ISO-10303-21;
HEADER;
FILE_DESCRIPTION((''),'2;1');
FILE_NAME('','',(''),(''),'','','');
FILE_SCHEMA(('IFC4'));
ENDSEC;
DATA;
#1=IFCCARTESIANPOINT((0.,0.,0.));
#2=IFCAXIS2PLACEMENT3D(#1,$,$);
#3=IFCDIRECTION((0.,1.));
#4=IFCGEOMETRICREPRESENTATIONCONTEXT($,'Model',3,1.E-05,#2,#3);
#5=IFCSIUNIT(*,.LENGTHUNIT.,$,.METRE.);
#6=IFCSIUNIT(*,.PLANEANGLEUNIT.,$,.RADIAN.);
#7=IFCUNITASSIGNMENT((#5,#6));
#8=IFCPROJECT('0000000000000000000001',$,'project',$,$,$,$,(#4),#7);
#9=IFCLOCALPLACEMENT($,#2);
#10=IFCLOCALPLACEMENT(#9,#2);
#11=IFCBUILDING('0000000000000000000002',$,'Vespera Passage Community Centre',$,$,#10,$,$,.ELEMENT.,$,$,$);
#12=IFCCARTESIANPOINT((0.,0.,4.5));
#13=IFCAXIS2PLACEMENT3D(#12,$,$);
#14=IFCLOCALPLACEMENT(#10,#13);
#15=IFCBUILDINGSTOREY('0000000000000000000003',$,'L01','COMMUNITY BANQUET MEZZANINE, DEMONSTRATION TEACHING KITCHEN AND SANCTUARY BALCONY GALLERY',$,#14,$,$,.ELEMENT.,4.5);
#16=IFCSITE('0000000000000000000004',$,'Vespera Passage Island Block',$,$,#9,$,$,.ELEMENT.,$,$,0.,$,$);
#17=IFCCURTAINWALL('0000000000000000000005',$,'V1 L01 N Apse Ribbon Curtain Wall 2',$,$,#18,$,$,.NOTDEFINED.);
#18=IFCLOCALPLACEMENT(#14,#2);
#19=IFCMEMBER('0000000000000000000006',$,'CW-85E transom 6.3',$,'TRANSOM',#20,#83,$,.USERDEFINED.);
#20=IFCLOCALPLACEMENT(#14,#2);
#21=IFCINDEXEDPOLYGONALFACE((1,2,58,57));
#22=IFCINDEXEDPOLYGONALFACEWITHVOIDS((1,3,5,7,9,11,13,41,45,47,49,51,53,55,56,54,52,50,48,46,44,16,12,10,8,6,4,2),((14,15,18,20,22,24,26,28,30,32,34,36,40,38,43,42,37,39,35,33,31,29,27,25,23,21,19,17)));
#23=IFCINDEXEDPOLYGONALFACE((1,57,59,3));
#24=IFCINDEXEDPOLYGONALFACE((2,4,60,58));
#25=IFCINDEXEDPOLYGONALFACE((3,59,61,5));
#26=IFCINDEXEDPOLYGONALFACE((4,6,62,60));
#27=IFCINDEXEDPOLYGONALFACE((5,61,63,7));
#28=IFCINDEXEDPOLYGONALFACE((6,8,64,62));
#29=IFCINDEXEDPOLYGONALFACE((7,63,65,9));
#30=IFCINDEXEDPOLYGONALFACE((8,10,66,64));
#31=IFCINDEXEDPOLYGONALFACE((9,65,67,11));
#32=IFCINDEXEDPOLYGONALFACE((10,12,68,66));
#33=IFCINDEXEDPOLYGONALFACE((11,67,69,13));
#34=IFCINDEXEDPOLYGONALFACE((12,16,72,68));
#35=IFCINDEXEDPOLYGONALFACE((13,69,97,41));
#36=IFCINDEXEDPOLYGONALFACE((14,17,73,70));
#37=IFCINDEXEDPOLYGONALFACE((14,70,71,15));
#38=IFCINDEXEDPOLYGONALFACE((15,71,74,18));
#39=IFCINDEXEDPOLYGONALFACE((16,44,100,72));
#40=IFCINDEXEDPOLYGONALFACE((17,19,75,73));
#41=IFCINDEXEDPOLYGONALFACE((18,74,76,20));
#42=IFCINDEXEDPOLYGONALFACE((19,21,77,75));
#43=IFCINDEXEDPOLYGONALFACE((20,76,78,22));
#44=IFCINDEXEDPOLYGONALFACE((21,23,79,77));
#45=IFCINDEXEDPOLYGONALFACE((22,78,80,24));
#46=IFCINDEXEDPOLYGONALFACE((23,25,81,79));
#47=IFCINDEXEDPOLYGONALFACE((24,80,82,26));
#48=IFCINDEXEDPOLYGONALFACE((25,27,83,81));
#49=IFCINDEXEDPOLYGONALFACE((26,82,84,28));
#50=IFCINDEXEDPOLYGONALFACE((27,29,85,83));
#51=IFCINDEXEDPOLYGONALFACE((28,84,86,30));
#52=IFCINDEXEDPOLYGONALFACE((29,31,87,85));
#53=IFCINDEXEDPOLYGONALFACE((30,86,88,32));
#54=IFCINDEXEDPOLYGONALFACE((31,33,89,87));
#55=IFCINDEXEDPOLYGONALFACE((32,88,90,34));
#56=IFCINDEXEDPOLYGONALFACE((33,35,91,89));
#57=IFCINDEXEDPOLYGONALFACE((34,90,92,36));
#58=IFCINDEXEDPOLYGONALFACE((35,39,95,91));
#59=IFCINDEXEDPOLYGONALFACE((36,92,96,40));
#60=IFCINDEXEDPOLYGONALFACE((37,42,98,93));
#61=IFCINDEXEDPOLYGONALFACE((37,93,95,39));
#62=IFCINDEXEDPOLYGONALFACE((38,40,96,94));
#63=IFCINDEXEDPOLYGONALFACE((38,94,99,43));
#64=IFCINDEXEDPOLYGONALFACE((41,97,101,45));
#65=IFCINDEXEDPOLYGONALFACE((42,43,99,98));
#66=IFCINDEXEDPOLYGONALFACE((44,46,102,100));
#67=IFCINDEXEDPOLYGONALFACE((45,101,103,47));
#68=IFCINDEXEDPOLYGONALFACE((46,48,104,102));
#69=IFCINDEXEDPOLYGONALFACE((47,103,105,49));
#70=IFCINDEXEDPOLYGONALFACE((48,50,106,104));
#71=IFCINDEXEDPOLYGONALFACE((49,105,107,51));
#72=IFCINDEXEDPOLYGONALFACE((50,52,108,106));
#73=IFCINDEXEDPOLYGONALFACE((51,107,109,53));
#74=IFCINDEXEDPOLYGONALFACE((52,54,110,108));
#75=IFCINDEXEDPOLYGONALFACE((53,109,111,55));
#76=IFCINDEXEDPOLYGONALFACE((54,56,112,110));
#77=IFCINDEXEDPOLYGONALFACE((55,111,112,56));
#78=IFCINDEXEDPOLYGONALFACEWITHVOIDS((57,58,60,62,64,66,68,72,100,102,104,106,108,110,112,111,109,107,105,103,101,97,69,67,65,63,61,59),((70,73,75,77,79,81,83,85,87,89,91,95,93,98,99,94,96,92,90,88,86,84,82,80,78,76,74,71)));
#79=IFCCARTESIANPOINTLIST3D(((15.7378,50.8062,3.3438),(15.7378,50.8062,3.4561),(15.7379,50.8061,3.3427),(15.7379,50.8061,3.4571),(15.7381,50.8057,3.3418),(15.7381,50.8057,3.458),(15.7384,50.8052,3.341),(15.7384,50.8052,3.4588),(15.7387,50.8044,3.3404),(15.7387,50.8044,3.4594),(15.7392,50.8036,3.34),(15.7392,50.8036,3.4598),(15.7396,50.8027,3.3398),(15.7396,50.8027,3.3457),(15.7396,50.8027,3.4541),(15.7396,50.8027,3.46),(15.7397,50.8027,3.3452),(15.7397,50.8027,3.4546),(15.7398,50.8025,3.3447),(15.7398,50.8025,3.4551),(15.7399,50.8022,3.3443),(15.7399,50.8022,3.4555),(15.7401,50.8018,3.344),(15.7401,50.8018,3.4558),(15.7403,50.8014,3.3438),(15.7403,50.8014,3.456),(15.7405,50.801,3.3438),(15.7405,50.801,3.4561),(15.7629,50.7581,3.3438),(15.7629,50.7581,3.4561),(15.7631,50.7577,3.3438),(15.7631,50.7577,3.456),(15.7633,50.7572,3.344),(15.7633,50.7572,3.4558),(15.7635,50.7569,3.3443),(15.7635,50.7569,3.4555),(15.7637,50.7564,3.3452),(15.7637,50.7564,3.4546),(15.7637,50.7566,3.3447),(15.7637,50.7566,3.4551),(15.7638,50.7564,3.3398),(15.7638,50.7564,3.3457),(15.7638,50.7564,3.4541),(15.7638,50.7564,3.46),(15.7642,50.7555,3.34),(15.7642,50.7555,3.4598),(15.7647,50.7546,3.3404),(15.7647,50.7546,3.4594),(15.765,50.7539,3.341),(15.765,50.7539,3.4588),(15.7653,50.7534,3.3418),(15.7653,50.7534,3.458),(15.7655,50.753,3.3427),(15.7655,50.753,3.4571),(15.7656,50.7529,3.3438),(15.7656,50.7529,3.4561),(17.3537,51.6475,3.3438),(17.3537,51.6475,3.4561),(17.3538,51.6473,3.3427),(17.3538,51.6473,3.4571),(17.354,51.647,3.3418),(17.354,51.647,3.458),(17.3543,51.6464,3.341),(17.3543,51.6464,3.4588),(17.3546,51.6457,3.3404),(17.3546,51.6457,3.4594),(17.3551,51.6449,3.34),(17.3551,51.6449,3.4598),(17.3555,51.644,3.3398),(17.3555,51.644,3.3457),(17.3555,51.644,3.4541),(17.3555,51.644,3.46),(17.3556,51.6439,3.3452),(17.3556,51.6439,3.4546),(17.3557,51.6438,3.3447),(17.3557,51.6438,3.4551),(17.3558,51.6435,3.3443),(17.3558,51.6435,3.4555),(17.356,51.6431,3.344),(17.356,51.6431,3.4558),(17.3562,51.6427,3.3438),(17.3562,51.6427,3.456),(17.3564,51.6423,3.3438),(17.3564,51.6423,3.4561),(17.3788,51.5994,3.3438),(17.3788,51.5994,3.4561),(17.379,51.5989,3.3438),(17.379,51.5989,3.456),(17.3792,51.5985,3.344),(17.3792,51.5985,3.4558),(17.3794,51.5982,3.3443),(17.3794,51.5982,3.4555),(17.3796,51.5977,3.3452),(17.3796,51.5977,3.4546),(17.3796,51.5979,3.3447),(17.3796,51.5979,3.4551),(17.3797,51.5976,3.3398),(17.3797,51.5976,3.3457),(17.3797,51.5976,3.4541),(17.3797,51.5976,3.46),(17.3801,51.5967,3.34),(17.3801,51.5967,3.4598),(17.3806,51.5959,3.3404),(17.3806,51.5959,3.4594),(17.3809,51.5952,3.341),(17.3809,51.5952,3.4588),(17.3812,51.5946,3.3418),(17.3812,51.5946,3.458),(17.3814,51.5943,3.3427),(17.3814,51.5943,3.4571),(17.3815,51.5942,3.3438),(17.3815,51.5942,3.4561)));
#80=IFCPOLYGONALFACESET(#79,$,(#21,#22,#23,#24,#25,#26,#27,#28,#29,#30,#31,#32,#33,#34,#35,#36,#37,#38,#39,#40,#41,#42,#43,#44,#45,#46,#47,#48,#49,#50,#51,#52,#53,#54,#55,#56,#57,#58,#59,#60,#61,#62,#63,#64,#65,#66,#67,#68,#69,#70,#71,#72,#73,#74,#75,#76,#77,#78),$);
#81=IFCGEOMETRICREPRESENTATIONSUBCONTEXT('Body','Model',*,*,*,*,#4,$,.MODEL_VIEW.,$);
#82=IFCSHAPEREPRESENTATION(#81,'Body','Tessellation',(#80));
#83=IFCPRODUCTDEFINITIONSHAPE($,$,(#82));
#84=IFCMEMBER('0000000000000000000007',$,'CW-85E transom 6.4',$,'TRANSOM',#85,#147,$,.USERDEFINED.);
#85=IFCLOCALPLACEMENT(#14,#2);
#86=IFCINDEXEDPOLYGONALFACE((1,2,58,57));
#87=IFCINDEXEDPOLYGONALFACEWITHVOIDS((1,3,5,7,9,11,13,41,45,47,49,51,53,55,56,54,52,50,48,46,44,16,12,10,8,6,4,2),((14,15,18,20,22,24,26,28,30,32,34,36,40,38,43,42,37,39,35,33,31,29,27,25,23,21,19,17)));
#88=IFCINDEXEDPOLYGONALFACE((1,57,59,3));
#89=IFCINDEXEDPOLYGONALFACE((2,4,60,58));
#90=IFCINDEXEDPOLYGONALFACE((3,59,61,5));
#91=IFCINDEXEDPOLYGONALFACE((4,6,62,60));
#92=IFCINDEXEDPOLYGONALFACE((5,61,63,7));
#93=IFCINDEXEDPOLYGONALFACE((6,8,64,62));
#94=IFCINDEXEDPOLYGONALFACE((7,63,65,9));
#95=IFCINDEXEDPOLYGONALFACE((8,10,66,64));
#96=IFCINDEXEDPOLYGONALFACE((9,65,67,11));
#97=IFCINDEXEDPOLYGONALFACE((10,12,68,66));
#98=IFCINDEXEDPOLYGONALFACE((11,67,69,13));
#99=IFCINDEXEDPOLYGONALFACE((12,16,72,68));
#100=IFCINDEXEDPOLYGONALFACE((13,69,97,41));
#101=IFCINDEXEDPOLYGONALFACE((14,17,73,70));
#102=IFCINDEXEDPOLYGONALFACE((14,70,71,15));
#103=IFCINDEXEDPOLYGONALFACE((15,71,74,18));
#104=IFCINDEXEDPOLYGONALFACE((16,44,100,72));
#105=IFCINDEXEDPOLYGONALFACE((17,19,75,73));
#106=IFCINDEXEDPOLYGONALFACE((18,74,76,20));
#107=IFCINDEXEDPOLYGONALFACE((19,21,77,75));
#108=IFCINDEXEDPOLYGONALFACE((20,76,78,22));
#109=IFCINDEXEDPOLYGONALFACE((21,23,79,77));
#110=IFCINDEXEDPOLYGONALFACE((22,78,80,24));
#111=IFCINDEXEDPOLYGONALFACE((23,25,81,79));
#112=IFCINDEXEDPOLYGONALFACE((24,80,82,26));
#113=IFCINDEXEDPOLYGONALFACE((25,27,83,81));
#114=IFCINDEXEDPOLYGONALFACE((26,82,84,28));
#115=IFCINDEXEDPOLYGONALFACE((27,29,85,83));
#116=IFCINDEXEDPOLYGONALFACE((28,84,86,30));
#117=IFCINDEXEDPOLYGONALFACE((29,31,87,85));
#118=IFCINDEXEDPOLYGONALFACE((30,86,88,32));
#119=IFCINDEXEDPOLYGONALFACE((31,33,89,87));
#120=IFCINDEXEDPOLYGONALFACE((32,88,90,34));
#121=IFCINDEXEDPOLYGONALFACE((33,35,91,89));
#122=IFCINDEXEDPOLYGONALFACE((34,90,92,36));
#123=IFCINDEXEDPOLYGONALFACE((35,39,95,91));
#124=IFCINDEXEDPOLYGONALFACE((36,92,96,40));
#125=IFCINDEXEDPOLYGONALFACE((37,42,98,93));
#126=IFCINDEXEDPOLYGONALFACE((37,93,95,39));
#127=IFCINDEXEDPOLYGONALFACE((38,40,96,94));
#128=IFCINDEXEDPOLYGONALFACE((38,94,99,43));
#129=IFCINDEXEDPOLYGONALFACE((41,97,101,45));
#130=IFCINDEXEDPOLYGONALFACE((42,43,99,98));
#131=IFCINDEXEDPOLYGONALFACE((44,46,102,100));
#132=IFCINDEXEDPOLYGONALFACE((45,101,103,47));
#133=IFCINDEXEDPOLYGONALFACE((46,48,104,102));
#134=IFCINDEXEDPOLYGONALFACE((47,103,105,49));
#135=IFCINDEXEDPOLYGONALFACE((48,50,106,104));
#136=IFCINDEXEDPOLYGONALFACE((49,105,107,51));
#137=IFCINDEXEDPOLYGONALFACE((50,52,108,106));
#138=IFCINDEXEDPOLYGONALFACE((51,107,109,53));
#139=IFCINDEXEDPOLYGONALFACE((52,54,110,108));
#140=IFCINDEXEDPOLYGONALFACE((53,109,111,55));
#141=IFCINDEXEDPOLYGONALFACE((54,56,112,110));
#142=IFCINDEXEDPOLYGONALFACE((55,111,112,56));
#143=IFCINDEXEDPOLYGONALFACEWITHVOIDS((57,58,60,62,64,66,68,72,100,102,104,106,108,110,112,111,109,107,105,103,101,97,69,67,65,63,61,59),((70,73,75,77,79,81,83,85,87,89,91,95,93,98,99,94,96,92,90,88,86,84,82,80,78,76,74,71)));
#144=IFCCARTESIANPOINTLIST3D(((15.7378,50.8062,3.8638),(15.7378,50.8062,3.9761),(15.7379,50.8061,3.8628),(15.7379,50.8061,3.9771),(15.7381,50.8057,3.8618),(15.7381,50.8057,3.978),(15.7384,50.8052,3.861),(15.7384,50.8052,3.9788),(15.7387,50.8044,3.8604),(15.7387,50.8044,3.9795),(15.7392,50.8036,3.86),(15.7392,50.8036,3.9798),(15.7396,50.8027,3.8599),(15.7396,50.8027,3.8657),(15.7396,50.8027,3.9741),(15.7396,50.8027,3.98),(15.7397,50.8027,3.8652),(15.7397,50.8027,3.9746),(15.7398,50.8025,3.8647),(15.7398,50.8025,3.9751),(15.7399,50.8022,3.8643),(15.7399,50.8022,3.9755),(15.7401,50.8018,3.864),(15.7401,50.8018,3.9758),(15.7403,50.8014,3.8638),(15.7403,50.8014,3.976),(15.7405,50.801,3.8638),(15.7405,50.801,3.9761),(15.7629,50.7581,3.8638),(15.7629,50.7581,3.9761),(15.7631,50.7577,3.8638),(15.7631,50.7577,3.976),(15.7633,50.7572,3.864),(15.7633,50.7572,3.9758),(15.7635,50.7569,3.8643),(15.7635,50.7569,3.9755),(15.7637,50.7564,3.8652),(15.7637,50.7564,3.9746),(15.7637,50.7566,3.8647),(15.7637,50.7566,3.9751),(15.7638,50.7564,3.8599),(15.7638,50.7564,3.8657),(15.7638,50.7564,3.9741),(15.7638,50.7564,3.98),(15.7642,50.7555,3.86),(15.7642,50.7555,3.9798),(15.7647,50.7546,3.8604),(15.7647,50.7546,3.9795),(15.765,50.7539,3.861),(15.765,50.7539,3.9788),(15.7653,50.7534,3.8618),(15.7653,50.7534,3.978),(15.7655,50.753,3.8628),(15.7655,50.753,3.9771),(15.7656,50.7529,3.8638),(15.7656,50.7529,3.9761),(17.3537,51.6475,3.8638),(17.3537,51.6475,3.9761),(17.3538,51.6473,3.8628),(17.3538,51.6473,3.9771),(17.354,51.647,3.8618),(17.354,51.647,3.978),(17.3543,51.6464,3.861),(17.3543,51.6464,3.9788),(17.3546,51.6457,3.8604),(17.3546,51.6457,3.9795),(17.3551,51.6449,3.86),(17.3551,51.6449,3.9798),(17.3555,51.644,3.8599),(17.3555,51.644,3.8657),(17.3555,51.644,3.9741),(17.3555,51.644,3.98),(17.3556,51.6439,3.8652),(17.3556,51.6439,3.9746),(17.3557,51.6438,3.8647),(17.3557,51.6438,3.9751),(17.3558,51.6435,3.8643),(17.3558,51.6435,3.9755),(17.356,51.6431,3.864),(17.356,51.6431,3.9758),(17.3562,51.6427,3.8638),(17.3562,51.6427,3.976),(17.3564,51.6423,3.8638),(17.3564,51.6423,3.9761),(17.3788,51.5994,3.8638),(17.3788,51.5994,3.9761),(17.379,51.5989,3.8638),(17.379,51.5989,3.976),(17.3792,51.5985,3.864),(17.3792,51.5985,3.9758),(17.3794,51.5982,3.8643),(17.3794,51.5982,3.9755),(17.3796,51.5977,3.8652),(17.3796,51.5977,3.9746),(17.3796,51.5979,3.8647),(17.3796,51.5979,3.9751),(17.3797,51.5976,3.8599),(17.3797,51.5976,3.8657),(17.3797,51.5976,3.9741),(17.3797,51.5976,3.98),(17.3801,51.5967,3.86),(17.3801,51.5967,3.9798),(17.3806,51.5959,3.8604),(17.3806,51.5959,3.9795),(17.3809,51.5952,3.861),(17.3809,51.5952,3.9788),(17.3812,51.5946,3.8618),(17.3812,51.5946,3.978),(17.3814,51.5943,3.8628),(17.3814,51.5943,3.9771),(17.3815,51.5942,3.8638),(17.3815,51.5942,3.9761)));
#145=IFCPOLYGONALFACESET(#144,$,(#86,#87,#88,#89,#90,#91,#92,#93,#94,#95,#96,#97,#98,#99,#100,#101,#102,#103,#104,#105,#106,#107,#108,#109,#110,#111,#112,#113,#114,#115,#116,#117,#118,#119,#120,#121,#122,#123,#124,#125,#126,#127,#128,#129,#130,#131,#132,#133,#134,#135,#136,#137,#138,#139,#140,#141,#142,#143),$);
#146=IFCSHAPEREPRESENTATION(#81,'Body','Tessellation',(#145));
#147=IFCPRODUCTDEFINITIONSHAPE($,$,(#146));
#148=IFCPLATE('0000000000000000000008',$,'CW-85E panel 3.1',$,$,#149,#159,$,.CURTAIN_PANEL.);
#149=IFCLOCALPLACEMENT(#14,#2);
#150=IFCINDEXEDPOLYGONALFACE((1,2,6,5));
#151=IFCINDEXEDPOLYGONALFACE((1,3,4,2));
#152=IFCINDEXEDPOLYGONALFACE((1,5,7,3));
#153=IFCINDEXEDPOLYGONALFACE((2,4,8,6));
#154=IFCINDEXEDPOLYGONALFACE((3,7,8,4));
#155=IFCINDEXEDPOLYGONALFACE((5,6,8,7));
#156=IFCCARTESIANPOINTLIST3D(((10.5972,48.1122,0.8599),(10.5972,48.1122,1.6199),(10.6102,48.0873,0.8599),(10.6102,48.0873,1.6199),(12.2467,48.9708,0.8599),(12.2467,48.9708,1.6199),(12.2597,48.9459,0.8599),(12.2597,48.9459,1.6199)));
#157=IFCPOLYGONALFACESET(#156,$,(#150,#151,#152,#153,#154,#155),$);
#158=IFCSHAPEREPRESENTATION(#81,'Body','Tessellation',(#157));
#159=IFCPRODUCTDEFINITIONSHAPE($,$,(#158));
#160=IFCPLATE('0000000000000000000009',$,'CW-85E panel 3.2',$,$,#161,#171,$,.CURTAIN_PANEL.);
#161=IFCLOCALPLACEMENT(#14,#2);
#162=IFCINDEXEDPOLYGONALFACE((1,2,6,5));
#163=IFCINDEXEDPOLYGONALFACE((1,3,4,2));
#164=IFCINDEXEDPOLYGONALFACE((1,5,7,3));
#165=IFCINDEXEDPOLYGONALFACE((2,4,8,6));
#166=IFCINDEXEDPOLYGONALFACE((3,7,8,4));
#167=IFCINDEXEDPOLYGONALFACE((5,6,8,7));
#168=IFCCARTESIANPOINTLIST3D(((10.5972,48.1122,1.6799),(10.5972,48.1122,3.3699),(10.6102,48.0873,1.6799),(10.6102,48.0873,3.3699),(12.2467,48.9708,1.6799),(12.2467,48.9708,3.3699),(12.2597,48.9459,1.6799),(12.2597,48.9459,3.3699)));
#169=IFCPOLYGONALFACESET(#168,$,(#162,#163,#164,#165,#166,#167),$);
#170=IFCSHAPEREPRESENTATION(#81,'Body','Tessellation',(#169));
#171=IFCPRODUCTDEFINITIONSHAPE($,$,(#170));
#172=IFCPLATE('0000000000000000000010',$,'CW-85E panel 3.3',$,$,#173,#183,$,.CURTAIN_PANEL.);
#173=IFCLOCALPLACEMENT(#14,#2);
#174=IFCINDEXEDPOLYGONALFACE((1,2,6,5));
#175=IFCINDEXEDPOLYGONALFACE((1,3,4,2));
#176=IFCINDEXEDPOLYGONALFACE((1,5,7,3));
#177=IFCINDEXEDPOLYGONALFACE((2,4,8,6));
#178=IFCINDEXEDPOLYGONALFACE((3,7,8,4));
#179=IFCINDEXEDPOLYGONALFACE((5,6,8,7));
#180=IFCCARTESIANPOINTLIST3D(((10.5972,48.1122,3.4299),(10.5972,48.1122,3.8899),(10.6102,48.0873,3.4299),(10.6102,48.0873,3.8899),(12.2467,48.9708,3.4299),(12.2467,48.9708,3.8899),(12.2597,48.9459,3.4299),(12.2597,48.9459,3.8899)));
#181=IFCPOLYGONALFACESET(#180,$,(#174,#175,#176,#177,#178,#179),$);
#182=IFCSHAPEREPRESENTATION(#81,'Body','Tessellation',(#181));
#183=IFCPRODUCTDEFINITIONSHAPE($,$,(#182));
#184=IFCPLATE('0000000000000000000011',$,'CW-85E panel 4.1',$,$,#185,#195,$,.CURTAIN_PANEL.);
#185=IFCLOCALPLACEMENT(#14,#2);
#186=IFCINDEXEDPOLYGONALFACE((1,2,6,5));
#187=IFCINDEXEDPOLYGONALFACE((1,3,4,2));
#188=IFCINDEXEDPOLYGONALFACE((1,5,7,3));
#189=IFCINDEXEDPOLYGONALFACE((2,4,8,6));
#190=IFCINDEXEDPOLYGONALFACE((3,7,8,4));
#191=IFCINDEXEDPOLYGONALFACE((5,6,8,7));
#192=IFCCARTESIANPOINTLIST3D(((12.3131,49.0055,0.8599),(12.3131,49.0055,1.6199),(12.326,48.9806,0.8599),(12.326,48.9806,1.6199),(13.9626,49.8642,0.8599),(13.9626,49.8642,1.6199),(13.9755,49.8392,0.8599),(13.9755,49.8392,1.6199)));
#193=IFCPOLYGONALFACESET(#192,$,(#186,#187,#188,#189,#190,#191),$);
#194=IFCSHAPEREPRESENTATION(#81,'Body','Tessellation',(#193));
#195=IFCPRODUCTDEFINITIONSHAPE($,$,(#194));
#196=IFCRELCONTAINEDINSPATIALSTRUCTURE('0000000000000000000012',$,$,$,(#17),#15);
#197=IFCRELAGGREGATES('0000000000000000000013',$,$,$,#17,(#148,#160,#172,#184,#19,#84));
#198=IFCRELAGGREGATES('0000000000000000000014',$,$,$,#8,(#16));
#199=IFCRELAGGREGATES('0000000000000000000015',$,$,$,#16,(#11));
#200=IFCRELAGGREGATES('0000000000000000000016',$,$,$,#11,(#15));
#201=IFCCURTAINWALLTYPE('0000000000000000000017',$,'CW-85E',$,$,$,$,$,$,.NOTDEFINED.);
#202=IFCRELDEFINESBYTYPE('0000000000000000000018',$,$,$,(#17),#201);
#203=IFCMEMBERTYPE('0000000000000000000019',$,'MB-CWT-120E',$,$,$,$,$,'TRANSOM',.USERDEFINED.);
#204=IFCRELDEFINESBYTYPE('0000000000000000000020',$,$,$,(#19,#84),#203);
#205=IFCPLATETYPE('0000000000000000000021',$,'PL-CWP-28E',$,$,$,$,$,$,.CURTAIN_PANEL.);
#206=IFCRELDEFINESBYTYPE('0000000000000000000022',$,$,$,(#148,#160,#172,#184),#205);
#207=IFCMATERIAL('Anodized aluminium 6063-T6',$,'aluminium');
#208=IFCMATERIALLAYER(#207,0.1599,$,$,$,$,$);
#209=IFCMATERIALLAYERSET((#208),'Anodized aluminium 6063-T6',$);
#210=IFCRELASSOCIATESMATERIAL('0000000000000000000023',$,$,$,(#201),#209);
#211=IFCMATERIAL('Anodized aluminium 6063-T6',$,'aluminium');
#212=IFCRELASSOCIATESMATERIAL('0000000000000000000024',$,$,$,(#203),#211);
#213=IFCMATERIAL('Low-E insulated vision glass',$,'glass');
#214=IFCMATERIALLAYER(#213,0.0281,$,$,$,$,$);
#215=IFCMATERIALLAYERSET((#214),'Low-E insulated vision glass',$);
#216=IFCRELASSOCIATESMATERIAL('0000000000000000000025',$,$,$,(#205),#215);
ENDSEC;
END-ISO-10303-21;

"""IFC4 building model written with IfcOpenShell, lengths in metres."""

from ifc_helpers import new_model, si_unit, direction, frame, origin, origin_2d, place, context, subcontext, project, spatial, rectangle, hollow_rectangle, extrude, material, layer, layer_set, material_profile, profile_set, type_object, element, aggregate, save


model = new_model("IFC4")

# Units and contexts
model_context = context("Model", 3, precision=1e-05, world=origin(), true_north=direction((0.0, 1.0)))
body_context = subcontext(model_context, "Body", "Model", "MODEL_VIEW")
ifc_project = project(units=[si_unit("LENGTHUNIT", "METRE"), si_unit("PLANEANGLEUNIT", "RADIAN")], contexts=[model_context])

# Site, building, storey
site_placement = place(None, origin())
site = spatial("IfcSite", under=ifc_project, at=site_placement, Name="Vespera Passage Island Block", CompositionType="ELEMENT", RefElevation=0.0)
building_placement = place(site_placement, origin())
building = spatial("IfcBuilding", under=site, at=building_placement, Name="Vespera Passage Community Centre", CompositionType="ELEMENT")
storey_placement = place(building_placement, frame((0.0, 0.0, 4.5)))
storey = spatial("IfcBuildingStorey", under=building, at=storey_placement, Name="L01", Description="COMMUNITY BANQUET MEZZANINE, DEMONSTRATION TEACHING KITCHEN AND SANCTUARY BALCONY GALLERY", CompositionType="ELEMENT", Elevation=4.5)

# Curtain wall, members, plates
ifc_material_1 = material(Name="Anodized aluminium 6063-T6", Category="aluminium")
ifc_layer_1 = layer(ifc_material_1, 0.1599)
ifc_layer_set_1 = layer_set([ifc_layer_1], Name="Anodized aluminium 6063-T6")
curtain_wall_type = type_object("IfcCurtainWallType", Name="CW-85E", PredefinedType="NOTDEFINED", material=ifc_layer_set_1)
curtain_wall_placement = place(storey_placement, origin())
curtain_wall = element("IfcCurtainWall", 1, at=curtain_wall_placement, inside=storey, type_object=curtain_wall_type, Name="V1 L01 N Apse Ribbon Curtain Wall 2", PredefinedType="NOTDEFINED")
ifc_material_2 = material(Name="Anodized aluminium 6063-T6", Category="aluminium")
ifc_material_profile_1 = material_profile(ifc_material_2, hollow_rectangle(XDim=0.0601, YDim=0.1201, WallThickness=0.0039, InnerFilletRadius=0.002, OuterFilletRadius=0.0039, at=origin_2d()), Name="ALU120X60X4")
ifc_profile_set_1 = profile_set([ifc_material_profile_1], Name="Anodized aluminium 6063-T6")
member_type_1 = type_object("IfcMemberType", Name="MB-CWT-120E", ElementType="TRANSOM", PredefinedType="USERDEFINED", material=ifc_profile_set_1)
member_1_placement = place(storey_placement, frame((15.7517, 50.7795, 3.3999), z_axis=(0.886991, 0.461787, 0.0), x_axis=(-0.461787, 0.886991, 0.0)))
member_1 = element("IfcMember", 2, at=member_1_placement, type_object=member_type_1, Name="CW-85E transom 6.3", ObjectType="TRANSOM", PredefinedType="USERDEFINED", context=body_context, shape_type="SweptSolid", body=[
    extrude(hollow_rectangle(XDim=0.0601, YDim=0.1201, WallThickness=0.0039, InnerFilletRadius=0.002, OuterFilletRadius=0.0039, at=origin_2d()), origin(), (0.0, 0.0, 1.0), 1.8218),
])
member_2_placement = place(storey_placement, frame((15.7517, 50.7795, 3.9199), z_axis=(0.886991, 0.461787, 0.0), x_axis=(-0.461787, 0.886991, 0.0)))
member_2 = element("IfcMember", 3, at=member_2_placement, type_object=member_type_1, Name="CW-85E transom 6.4", ObjectType="TRANSOM", PredefinedType="USERDEFINED", context=body_context, shape_type="SweptSolid", body=[
    extrude(hollow_rectangle(XDim=0.0601, YDim=0.1201, WallThickness=0.0039, InnerFilletRadius=0.002, OuterFilletRadius=0.0039, at=origin_2d()), origin(), (0.0, 0.0, 1.0), 1.8218),
])
ifc_material_3 = material(Name="Low-E insulated vision glass", Category="glass")
ifc_layer_2 = layer(ifc_material_3, 0.0281)
ifc_layer_set_2 = layer_set([ifc_layer_2], Name="Low-E insulated vision glass")
plate_type = type_object("IfcPlateType", Name="PL-CWP-28E", PredefinedType="CURTAIN_PANEL", material=ifc_layer_set_2)
plate_1_placement = place(storey_placement, frame((11.4285, 48.5291, 0.8599), z_axis=(0.0, 0.0, 1.0), x_axis=(0.887013, 0.461745, 0.0)))
plate_1 = element("IfcPlate", 4, at=plate_1_placement, type_object=plate_type, Name="CW-85E panel 3.1", PredefinedType="CURTAIN_PANEL", context=body_context, shape_type="SweptSolid", body=[
    extrude(rectangle(XDim=1.8596, YDim=0.0281, at=origin_2d()), origin(), (0.0, 0.0, 1.0), 0.76),
])
plate_2_placement = place(storey_placement, frame((11.4285, 48.5291, 1.6799), z_axis=(0.0, 0.0, 1.0), x_axis=(0.887013, 0.461745, 0.0)))
plate_2 = element("IfcPlate", 5, at=plate_2_placement, type_object=plate_type, Name="CW-85E panel 3.2", PredefinedType="CURTAIN_PANEL", context=body_context, shape_type="SweptSolid", body=[
    extrude(rectangle(XDim=1.8596, YDim=0.0281, at=origin_2d()), origin(), (0.0, 0.0, 1.0), 1.6899),
])
plate_3_placement = place(storey_placement, frame((11.4285, 48.5291, 3.4299), z_axis=(0.0, 0.0, 1.0), x_axis=(0.887013, 0.461745, 0.0)))
plate_3 = element("IfcPlate", 6, at=plate_3_placement, type_object=plate_type, Name="CW-85E panel 3.3", PredefinedType="CURTAIN_PANEL", context=body_context, shape_type="SweptSolid", body=[
    extrude(rectangle(XDim=1.8596, YDim=0.0281, at=origin_2d()), origin(), (0.0, 0.0, 1.0), 0.46),
])
plate_4_placement = place(storey_placement, frame((13.1443, 49.4224, 0.8599), z_axis=(0.0, 0.0, 1.0), x_axis=(0.887013, 0.461745, 0.0)))
plate_4 = element("IfcPlate", 7, at=plate_4_placement, type_object=plate_type, Name="CW-85E panel 4.1", PredefinedType="CURTAIN_PANEL", context=body_context, shape_type="SweptSolid", body=[
    extrude(rectangle(XDim=1.8596, YDim=0.0281, at=origin_2d()), origin(), (0.0, 0.0, 1.0), 0.76),
])
aggregate(curtain_wall, [plate_1, plate_2, plate_3, plate_4, member_1, member_2])

save(model, "model.ifc")
